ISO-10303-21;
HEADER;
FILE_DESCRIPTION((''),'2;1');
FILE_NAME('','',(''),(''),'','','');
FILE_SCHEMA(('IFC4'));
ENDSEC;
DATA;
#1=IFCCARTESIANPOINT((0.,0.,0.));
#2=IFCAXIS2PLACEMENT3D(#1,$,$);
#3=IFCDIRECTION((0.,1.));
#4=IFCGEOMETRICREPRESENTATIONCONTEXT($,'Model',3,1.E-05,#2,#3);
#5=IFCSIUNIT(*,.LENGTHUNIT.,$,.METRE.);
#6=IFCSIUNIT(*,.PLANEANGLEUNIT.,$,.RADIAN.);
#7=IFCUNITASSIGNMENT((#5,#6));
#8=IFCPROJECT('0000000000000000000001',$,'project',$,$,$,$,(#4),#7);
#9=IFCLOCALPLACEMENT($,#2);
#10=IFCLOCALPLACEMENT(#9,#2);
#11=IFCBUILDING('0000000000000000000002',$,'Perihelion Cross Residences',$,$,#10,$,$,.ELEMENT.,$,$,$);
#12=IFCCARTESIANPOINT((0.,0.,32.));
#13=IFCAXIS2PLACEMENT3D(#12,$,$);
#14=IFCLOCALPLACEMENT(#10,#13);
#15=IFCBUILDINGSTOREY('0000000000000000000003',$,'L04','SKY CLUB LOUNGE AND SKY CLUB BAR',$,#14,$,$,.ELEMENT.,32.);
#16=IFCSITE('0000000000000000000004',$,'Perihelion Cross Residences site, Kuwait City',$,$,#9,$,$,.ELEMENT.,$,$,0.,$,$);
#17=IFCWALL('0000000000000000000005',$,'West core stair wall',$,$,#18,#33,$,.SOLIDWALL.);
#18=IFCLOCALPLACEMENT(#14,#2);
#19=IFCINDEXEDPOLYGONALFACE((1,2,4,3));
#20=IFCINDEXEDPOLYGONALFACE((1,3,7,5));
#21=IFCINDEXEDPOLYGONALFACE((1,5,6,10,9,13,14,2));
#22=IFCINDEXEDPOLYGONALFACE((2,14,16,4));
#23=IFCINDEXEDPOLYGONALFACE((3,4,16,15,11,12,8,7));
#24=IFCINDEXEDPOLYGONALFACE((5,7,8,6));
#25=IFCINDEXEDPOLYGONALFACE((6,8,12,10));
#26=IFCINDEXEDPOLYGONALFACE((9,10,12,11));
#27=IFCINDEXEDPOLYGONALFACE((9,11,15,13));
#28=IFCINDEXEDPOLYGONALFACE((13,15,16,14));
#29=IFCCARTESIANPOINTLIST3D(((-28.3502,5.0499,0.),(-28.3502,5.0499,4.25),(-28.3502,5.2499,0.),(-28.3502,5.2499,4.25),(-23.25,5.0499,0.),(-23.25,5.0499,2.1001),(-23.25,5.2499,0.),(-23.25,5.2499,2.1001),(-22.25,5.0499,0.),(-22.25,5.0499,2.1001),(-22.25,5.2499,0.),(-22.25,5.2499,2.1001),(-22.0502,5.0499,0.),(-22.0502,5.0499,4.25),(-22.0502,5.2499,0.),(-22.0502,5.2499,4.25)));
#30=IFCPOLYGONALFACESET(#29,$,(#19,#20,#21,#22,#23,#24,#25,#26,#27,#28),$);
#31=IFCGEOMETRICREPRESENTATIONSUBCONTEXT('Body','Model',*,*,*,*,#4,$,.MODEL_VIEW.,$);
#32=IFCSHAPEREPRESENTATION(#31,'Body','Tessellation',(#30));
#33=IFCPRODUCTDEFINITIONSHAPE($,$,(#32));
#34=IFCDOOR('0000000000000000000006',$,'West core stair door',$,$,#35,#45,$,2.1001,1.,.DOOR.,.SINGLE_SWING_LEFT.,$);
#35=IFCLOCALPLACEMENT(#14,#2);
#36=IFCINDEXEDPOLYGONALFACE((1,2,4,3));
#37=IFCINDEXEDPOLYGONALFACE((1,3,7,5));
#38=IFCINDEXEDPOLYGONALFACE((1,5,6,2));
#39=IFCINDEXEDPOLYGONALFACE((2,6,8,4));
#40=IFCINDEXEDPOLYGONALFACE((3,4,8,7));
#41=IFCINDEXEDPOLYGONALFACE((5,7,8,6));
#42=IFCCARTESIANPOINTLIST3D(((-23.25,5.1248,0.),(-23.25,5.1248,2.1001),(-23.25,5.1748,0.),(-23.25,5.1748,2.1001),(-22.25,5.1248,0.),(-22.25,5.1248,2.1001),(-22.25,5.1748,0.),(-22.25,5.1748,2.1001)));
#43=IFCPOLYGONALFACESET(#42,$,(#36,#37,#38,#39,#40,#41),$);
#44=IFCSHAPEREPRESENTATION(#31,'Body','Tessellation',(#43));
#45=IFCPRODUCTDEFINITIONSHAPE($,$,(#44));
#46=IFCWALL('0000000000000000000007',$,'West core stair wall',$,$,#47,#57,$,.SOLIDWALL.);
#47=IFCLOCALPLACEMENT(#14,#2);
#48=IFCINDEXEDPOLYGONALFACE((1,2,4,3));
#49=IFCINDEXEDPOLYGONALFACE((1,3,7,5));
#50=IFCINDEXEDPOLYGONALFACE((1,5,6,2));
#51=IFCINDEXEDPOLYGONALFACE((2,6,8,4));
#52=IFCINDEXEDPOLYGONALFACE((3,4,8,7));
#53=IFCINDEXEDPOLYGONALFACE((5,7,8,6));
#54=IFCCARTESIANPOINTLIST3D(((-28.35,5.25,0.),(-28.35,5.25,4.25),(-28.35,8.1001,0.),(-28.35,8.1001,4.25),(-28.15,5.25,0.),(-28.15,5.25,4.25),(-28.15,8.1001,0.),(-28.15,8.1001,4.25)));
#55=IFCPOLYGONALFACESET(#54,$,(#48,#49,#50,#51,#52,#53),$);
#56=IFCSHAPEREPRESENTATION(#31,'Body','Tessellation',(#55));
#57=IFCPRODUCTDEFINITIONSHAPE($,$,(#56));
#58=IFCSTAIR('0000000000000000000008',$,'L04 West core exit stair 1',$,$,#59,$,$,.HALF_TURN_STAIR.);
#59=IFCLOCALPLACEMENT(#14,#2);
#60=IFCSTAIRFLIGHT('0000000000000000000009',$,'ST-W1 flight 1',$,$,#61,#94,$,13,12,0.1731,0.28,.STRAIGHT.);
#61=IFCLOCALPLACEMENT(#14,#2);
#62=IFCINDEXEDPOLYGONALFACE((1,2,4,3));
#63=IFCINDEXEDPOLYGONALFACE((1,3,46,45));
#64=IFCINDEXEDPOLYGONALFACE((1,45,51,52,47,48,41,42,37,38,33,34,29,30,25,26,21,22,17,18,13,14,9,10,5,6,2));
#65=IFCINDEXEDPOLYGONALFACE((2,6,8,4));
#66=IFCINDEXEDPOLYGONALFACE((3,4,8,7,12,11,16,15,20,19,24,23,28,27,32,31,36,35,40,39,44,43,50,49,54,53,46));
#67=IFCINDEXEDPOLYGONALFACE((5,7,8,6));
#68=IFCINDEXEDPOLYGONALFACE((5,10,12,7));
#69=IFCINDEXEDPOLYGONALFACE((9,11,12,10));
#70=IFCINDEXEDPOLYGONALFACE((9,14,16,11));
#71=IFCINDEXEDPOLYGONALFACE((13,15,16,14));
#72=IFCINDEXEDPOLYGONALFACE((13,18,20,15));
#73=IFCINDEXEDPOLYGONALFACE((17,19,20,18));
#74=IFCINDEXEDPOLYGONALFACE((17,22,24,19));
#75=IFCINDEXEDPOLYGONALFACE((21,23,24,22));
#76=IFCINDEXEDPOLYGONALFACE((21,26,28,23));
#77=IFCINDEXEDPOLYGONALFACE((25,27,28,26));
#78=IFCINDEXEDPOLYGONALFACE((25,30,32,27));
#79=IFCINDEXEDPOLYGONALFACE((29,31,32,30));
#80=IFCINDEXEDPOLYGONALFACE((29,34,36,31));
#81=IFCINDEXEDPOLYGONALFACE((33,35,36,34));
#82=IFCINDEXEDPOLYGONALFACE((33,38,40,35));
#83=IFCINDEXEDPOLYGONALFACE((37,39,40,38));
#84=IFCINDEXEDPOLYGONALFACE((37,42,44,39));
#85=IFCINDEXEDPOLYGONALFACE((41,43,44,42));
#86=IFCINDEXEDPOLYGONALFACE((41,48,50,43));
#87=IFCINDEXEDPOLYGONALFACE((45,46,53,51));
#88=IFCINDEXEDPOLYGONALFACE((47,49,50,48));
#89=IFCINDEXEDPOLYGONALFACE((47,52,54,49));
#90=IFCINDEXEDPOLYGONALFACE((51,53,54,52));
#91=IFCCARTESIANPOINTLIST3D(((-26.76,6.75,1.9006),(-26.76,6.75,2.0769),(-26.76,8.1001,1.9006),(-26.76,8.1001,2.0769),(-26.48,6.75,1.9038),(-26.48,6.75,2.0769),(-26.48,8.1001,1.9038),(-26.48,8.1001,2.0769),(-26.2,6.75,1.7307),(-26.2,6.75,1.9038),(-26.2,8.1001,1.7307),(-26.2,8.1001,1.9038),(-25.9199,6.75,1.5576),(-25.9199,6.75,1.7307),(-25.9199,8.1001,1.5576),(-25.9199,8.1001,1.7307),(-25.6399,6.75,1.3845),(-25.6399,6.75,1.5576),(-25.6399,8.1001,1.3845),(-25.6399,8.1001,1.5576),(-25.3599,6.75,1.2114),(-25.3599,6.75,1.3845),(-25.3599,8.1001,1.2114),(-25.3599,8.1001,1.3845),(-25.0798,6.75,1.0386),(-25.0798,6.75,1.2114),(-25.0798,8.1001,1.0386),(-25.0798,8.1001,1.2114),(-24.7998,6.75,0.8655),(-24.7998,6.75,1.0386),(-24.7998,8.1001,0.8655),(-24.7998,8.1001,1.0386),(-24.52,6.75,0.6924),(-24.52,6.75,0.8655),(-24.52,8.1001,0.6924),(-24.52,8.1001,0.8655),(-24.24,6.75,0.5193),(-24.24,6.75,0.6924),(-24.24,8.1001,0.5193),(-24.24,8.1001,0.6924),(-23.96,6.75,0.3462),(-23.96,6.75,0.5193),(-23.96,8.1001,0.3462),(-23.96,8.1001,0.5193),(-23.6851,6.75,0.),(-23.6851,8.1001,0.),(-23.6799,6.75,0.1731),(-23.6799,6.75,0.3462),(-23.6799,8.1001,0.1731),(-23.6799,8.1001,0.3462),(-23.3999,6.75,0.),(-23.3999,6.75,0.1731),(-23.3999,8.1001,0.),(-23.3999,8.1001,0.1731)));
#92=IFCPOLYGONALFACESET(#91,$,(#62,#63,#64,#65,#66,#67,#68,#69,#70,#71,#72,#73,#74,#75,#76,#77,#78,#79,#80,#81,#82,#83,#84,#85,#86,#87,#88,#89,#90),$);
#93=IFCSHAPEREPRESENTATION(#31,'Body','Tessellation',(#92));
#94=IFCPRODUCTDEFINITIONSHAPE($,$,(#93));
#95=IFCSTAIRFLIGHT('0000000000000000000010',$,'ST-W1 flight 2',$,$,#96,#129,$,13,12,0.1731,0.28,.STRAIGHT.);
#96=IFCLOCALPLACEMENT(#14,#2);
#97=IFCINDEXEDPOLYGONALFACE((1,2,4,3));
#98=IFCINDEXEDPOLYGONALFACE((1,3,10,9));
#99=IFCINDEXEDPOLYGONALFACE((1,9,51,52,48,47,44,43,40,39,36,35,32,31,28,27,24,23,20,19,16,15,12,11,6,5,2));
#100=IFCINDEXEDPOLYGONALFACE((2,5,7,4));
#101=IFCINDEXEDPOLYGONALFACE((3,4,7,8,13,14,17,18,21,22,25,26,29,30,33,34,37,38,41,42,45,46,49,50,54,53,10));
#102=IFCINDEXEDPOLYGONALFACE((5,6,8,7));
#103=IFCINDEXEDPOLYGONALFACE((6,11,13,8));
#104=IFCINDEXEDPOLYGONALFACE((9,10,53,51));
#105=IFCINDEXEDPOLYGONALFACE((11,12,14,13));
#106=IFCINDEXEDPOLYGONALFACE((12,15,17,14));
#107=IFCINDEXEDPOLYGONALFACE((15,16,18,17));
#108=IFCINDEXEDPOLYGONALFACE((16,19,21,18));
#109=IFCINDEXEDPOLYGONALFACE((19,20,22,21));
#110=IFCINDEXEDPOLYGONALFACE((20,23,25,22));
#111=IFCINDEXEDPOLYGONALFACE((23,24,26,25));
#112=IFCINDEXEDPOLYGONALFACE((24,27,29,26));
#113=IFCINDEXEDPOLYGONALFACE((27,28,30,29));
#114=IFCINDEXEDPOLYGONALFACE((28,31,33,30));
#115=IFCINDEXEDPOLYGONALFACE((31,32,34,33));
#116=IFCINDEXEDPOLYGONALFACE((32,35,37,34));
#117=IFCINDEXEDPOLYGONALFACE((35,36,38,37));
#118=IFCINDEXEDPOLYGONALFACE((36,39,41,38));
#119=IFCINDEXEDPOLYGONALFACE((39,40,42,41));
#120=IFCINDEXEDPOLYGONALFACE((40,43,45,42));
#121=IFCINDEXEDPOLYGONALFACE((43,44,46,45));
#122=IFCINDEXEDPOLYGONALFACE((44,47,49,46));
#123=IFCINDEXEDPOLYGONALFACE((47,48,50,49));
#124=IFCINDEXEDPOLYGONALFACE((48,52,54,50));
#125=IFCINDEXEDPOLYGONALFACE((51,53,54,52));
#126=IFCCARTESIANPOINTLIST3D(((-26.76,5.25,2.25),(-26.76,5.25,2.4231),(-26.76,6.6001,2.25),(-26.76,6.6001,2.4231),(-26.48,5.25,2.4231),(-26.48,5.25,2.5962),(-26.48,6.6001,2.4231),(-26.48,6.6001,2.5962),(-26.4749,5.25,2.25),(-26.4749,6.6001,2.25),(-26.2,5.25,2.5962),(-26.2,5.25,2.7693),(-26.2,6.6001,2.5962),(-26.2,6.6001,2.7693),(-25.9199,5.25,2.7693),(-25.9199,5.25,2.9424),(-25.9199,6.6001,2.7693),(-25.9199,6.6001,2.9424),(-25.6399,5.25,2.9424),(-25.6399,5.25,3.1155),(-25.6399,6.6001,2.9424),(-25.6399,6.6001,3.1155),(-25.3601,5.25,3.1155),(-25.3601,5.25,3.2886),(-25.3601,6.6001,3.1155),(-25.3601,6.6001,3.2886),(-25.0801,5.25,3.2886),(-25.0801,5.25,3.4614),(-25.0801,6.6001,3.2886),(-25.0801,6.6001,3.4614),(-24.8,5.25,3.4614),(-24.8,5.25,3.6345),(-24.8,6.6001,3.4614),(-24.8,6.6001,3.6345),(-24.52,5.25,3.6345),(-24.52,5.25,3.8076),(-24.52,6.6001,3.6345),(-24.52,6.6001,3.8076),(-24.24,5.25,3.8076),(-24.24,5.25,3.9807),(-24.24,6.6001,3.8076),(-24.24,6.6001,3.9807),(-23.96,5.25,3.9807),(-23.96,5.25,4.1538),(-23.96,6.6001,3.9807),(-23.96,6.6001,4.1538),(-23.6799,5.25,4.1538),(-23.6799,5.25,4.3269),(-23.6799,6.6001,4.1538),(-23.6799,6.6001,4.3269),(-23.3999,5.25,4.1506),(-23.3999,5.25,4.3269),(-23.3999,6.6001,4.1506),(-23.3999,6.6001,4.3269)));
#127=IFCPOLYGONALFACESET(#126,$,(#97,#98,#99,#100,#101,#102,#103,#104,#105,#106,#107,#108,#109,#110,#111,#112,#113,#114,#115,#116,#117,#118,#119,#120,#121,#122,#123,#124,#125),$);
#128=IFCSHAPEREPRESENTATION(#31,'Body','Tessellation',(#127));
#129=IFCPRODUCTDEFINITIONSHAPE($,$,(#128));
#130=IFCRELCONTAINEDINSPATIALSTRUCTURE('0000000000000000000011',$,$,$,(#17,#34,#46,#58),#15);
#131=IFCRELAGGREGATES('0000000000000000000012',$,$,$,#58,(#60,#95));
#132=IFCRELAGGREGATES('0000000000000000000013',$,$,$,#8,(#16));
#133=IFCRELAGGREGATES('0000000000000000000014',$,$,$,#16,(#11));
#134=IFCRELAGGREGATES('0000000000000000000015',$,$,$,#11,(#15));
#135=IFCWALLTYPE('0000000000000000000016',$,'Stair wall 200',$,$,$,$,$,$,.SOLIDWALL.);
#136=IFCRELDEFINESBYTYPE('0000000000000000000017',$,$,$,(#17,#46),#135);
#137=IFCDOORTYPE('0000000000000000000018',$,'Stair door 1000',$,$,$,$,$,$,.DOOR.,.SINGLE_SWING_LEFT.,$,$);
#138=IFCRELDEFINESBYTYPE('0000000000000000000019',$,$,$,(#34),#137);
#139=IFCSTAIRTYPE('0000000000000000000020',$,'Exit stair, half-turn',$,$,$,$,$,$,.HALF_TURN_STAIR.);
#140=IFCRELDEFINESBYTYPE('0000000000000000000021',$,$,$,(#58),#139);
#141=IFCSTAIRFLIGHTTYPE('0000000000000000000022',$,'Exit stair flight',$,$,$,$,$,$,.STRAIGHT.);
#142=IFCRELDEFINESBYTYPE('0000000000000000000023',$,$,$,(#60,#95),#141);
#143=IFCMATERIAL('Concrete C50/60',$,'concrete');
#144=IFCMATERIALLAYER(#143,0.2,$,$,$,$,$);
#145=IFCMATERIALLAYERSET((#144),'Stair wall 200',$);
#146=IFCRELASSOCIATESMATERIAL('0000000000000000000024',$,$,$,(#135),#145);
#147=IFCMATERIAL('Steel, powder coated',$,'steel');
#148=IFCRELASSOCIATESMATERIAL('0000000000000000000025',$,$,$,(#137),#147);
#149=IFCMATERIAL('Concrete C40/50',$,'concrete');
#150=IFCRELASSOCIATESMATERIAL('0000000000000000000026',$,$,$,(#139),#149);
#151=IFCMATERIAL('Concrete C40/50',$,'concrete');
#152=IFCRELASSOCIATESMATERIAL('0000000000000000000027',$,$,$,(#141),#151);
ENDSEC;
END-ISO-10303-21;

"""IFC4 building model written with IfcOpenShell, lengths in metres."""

from ifc_helpers import new_model, si_unit, direction, frame, frame_2d, origin, place, context, subcontext, project, spatial, polyline, rectangle, outline, extrude, material, layer, layer_set, type_object, element, fill, aggregate, save


model = new_model("IFC4")

# Units and contexts
model_context = context("Model", 3, precision=1e-05, world=origin(), true_north=direction((0.0, 1.0)))
body_context = subcontext(model_context, "Body", "Model", "MODEL_VIEW")
ifc_project = project(units=[si_unit("LENGTHUNIT", "METRE"), si_unit("PLANEANGLEUNIT", "RADIAN")], contexts=[model_context])

# Site, building, storey
site_placement = place(None, origin())
site = spatial("IfcSite", under=ifc_project, at=site_placement, Name="Perihelion Cross Residences site, Kuwait City", CompositionType="ELEMENT", RefElevation=0.0)
building_placement = place(site_placement, origin())
building = spatial("IfcBuilding", under=site, at=building_placement, Name="Perihelion Cross Residences", CompositionType="ELEMENT")
storey_placement = place(building_placement, frame((0.0, 0.0, 32.0)))
storey = spatial("IfcBuildingStorey", under=building, at=storey_placement, Name="L04", Description="SKY CLUB LOUNGE AND SKY CLUB BAR", CompositionType="ELEMENT", Elevation=32.0)

# Wall, opening, door
ifc_material_1 = material(Name="Concrete C50/60", Category="concrete")
ifc_layer_1 = layer(ifc_material_1, 0.2)
ifc_layer_set_1 = layer_set([ifc_layer_1], Name="Stair wall 200")
wall_type_1 = type_object("IfcWallType", Name="Stair wall 200", PredefinedType="SOLIDWALL", material=ifc_layer_set_1)
wall_1_placement = place(storey_placement, frame((-28.3501, 5.1499, 0.0), z_axis=(0.0, 0.0, 1.0), x_axis=(1.0, 0.0, 0.0)))
wall_1 = element("IfcWall", 1, at=wall_1_placement, inside=storey, type_object=wall_type_1, Name="West core stair wall", PredefinedType="SOLIDWALL", context=body_context, shape_type="SweptSolid", body=[
    extrude(rectangle(XDim=6.3, YDim=0.2, at=frame_2d((3.1499, 0.0))), origin(), (0.0, 0.0, 1.0), 4.25),
])
opening_1_placement = place(wall_1_placement, frame((5.1001, 0.0, 0.0)))
opening_1 = element("IfcOpeningElement", 2, at=opening_1_placement, cuts=wall_1, PredefinedType="OPENING", context=body_context, shape_type="SweptSolid", body=[
    extrude(rectangle(XDim=1.0, YDim=2.1001, at=frame_2d((0.5, 1.05))), frame((0.0, 0.1099, 0.0), z_axis=(0.0, -1.0, 0.0), x_axis=(1.0, 0.0, 0.0)), (0.0, 0.0, 1.0), 0.22),
])
ifc_material_2 = material(Name="Steel, powder coated", Category="steel")
door_type_1 = type_object("IfcDoorType", Name="Stair door 1000", OperationType="SINGLE_SWING_LEFT", PredefinedType="DOOR", material=ifc_material_2)
door_1_placement = place(opening_1_placement, origin())
door_1 = element("IfcDoor", 3, at=door_1_placement, inside=storey, type_object=door_type_1, Name="West core stair door", OperationType="SINGLE_SWING_LEFT", OverallHeight=2.1001, OverallWidth=1.0, PredefinedType="DOOR", context=body_context, shape_type="SweptSolid", body=[
    extrude(rectangle(XDim=1.0, YDim=2.1001, at=frame_2d((0.5, 1.05))), frame((0.0, 0.0249, 0.0), z_axis=(0.0, -1.0, 0.0), x_axis=(1.0, 0.0, 0.0)), (0.0, 0.0, 1.0), 0.05),
])
fill(opening_1, door_1)

# Wall
wall_2_placement = place(storey_placement, frame((-28.25, 5.25, 0.0), z_axis=(0.0, 0.0, 1.0), x_axis=(0.0, 1.0, 0.0)))
element("IfcWall", 4, at=wall_2_placement, inside=storey, type_object=wall_type_1, Name="West core stair wall", PredefinedType="SOLIDWALL", context=body_context, shape_type="SweptSolid", body=[
    extrude(rectangle(XDim=2.8501, YDim=0.2, at=frame_2d((1.425, 0.0))), origin(), (0.0, 0.0, 1.0), 4.25),
])

# Stair, stair flights
ifc_material_3 = material(Name="Concrete C40/50", Category="concrete")
stair_type = type_object("IfcStairType", Name="Exit stair, half-turn", PredefinedType="HALF_TURN_STAIR", material=ifc_material_3)
stair_placement = place(storey_placement, origin())
stair = element("IfcStair", 5, at=stair_placement, inside=storey, type_object=stair_type, Name="L04 West core exit stair 1", PredefinedType="HALF_TURN_STAIR")
ifc_material_4 = material(Name="Concrete C40/50", Category="concrete")
stair_flight_type = type_object("IfcStairFlightType", Name="Exit stair flight", PredefinedType="STRAIGHT", material=ifc_material_4)
stair_flight_1_placement = place(storey_placement, frame((-23.3999, 7.425, 0.0), z_axis=(0.0, 0.0, 1.0), x_axis=(-1.0, 0.0, 0.0)))
stair_flight_1 = element("IfcStairFlight", 6, at=stair_flight_1_placement, type_object=stair_flight_type, Name="ST-W1 flight 1", NumberOfRisers=13, NumberOfTreads=12, PredefinedType="STRAIGHT", RiserHeight=0.1731, TreadLength=0.28, context=body_context, shape_type="SweptSolid", body=[
    extrude(outline(polyline([(0.0, 0.0), (0.0, 0.1731), (0.28, 0.1731), (0.28, 0.3462), (0.5601, 0.3462), (0.5601, 0.5193), (0.8401, 0.5193), (0.8401, 0.6924), (1.1201, 0.6924), (1.1201, 0.8655), (1.3999, 0.8655), (1.3999, 1.0386), (1.6799, 1.0386), (1.6799, 1.2114), (1.96, 1.2114), (1.96, 1.3845), (2.24, 1.3845), (2.24, 1.5576), (2.52, 1.5576), (2.52, 1.7307), (2.8, 1.7307), (2.8, 1.9038), (3.0801, 1.9038), (3.0801, 2.0769), (3.3601, 2.0769), (3.3601, 2.25), (3.3601, 1.9006), (0.2852, 0.0), (0.0, 0.0)])), frame((0.0, 0.675, 0.0), z_axis=(0.0, -1.0, 0.0), x_axis=(1.0, 0.0, 0.0)), (0.0, 0.0, 1.0), 1.3501),
])
stair_flight_2_placement = place(storey_placement, frame((-26.76, 5.925, 2.25), z_axis=(0.0, 0.0, 1.0), x_axis=(1.0, 0.0, 0.0)))
stair_flight_2 = element("IfcStairFlight", 7, at=stair_flight_2_placement, type_object=stair_flight_type, Name="ST-W1 flight 2", NumberOfRisers=13, NumberOfTreads=12, PredefinedType="STRAIGHT", RiserHeight=0.1731, TreadLength=0.28, context=body_context, shape_type="SweptSolid", body=[
    extrude(outline(polyline([(0.0, 0.0), (0.0, 0.1731), (0.28, 0.1731), (0.28, 0.3462), (0.5601, 0.3462), (0.5601, 0.5193), (0.8401, 0.5193), (0.8401, 0.6924), (1.1201, 0.6924), (1.1201, 0.8655), (1.3999, 0.8655), (1.3999, 1.0386), (1.6799, 1.0386), (1.6799, 1.2114), (1.96, 1.2114), (1.96, 1.3845), (2.24, 1.3845), (2.24, 1.5576), (2.52, 1.5576), (2.52, 1.7307), (2.8, 1.7307), (2.8, 1.9038), (3.0801, 1.9038), (3.0801, 2.0769), (3.3601, 2.0769), (3.3601, 2.25), (3.3601, 1.9006), (0.2852, 0.0), (0.0, 0.0)])), frame((0.0, 0.675, 0.0), z_axis=(0.0, -1.0, 0.0), x_axis=(1.0, 0.0, 0.0)), (0.0, 0.0, 1.0), 1.3501),
])
aggregate(stair, [stair_flight_1, stair_flight_2])

save(model, "model.ifc")
